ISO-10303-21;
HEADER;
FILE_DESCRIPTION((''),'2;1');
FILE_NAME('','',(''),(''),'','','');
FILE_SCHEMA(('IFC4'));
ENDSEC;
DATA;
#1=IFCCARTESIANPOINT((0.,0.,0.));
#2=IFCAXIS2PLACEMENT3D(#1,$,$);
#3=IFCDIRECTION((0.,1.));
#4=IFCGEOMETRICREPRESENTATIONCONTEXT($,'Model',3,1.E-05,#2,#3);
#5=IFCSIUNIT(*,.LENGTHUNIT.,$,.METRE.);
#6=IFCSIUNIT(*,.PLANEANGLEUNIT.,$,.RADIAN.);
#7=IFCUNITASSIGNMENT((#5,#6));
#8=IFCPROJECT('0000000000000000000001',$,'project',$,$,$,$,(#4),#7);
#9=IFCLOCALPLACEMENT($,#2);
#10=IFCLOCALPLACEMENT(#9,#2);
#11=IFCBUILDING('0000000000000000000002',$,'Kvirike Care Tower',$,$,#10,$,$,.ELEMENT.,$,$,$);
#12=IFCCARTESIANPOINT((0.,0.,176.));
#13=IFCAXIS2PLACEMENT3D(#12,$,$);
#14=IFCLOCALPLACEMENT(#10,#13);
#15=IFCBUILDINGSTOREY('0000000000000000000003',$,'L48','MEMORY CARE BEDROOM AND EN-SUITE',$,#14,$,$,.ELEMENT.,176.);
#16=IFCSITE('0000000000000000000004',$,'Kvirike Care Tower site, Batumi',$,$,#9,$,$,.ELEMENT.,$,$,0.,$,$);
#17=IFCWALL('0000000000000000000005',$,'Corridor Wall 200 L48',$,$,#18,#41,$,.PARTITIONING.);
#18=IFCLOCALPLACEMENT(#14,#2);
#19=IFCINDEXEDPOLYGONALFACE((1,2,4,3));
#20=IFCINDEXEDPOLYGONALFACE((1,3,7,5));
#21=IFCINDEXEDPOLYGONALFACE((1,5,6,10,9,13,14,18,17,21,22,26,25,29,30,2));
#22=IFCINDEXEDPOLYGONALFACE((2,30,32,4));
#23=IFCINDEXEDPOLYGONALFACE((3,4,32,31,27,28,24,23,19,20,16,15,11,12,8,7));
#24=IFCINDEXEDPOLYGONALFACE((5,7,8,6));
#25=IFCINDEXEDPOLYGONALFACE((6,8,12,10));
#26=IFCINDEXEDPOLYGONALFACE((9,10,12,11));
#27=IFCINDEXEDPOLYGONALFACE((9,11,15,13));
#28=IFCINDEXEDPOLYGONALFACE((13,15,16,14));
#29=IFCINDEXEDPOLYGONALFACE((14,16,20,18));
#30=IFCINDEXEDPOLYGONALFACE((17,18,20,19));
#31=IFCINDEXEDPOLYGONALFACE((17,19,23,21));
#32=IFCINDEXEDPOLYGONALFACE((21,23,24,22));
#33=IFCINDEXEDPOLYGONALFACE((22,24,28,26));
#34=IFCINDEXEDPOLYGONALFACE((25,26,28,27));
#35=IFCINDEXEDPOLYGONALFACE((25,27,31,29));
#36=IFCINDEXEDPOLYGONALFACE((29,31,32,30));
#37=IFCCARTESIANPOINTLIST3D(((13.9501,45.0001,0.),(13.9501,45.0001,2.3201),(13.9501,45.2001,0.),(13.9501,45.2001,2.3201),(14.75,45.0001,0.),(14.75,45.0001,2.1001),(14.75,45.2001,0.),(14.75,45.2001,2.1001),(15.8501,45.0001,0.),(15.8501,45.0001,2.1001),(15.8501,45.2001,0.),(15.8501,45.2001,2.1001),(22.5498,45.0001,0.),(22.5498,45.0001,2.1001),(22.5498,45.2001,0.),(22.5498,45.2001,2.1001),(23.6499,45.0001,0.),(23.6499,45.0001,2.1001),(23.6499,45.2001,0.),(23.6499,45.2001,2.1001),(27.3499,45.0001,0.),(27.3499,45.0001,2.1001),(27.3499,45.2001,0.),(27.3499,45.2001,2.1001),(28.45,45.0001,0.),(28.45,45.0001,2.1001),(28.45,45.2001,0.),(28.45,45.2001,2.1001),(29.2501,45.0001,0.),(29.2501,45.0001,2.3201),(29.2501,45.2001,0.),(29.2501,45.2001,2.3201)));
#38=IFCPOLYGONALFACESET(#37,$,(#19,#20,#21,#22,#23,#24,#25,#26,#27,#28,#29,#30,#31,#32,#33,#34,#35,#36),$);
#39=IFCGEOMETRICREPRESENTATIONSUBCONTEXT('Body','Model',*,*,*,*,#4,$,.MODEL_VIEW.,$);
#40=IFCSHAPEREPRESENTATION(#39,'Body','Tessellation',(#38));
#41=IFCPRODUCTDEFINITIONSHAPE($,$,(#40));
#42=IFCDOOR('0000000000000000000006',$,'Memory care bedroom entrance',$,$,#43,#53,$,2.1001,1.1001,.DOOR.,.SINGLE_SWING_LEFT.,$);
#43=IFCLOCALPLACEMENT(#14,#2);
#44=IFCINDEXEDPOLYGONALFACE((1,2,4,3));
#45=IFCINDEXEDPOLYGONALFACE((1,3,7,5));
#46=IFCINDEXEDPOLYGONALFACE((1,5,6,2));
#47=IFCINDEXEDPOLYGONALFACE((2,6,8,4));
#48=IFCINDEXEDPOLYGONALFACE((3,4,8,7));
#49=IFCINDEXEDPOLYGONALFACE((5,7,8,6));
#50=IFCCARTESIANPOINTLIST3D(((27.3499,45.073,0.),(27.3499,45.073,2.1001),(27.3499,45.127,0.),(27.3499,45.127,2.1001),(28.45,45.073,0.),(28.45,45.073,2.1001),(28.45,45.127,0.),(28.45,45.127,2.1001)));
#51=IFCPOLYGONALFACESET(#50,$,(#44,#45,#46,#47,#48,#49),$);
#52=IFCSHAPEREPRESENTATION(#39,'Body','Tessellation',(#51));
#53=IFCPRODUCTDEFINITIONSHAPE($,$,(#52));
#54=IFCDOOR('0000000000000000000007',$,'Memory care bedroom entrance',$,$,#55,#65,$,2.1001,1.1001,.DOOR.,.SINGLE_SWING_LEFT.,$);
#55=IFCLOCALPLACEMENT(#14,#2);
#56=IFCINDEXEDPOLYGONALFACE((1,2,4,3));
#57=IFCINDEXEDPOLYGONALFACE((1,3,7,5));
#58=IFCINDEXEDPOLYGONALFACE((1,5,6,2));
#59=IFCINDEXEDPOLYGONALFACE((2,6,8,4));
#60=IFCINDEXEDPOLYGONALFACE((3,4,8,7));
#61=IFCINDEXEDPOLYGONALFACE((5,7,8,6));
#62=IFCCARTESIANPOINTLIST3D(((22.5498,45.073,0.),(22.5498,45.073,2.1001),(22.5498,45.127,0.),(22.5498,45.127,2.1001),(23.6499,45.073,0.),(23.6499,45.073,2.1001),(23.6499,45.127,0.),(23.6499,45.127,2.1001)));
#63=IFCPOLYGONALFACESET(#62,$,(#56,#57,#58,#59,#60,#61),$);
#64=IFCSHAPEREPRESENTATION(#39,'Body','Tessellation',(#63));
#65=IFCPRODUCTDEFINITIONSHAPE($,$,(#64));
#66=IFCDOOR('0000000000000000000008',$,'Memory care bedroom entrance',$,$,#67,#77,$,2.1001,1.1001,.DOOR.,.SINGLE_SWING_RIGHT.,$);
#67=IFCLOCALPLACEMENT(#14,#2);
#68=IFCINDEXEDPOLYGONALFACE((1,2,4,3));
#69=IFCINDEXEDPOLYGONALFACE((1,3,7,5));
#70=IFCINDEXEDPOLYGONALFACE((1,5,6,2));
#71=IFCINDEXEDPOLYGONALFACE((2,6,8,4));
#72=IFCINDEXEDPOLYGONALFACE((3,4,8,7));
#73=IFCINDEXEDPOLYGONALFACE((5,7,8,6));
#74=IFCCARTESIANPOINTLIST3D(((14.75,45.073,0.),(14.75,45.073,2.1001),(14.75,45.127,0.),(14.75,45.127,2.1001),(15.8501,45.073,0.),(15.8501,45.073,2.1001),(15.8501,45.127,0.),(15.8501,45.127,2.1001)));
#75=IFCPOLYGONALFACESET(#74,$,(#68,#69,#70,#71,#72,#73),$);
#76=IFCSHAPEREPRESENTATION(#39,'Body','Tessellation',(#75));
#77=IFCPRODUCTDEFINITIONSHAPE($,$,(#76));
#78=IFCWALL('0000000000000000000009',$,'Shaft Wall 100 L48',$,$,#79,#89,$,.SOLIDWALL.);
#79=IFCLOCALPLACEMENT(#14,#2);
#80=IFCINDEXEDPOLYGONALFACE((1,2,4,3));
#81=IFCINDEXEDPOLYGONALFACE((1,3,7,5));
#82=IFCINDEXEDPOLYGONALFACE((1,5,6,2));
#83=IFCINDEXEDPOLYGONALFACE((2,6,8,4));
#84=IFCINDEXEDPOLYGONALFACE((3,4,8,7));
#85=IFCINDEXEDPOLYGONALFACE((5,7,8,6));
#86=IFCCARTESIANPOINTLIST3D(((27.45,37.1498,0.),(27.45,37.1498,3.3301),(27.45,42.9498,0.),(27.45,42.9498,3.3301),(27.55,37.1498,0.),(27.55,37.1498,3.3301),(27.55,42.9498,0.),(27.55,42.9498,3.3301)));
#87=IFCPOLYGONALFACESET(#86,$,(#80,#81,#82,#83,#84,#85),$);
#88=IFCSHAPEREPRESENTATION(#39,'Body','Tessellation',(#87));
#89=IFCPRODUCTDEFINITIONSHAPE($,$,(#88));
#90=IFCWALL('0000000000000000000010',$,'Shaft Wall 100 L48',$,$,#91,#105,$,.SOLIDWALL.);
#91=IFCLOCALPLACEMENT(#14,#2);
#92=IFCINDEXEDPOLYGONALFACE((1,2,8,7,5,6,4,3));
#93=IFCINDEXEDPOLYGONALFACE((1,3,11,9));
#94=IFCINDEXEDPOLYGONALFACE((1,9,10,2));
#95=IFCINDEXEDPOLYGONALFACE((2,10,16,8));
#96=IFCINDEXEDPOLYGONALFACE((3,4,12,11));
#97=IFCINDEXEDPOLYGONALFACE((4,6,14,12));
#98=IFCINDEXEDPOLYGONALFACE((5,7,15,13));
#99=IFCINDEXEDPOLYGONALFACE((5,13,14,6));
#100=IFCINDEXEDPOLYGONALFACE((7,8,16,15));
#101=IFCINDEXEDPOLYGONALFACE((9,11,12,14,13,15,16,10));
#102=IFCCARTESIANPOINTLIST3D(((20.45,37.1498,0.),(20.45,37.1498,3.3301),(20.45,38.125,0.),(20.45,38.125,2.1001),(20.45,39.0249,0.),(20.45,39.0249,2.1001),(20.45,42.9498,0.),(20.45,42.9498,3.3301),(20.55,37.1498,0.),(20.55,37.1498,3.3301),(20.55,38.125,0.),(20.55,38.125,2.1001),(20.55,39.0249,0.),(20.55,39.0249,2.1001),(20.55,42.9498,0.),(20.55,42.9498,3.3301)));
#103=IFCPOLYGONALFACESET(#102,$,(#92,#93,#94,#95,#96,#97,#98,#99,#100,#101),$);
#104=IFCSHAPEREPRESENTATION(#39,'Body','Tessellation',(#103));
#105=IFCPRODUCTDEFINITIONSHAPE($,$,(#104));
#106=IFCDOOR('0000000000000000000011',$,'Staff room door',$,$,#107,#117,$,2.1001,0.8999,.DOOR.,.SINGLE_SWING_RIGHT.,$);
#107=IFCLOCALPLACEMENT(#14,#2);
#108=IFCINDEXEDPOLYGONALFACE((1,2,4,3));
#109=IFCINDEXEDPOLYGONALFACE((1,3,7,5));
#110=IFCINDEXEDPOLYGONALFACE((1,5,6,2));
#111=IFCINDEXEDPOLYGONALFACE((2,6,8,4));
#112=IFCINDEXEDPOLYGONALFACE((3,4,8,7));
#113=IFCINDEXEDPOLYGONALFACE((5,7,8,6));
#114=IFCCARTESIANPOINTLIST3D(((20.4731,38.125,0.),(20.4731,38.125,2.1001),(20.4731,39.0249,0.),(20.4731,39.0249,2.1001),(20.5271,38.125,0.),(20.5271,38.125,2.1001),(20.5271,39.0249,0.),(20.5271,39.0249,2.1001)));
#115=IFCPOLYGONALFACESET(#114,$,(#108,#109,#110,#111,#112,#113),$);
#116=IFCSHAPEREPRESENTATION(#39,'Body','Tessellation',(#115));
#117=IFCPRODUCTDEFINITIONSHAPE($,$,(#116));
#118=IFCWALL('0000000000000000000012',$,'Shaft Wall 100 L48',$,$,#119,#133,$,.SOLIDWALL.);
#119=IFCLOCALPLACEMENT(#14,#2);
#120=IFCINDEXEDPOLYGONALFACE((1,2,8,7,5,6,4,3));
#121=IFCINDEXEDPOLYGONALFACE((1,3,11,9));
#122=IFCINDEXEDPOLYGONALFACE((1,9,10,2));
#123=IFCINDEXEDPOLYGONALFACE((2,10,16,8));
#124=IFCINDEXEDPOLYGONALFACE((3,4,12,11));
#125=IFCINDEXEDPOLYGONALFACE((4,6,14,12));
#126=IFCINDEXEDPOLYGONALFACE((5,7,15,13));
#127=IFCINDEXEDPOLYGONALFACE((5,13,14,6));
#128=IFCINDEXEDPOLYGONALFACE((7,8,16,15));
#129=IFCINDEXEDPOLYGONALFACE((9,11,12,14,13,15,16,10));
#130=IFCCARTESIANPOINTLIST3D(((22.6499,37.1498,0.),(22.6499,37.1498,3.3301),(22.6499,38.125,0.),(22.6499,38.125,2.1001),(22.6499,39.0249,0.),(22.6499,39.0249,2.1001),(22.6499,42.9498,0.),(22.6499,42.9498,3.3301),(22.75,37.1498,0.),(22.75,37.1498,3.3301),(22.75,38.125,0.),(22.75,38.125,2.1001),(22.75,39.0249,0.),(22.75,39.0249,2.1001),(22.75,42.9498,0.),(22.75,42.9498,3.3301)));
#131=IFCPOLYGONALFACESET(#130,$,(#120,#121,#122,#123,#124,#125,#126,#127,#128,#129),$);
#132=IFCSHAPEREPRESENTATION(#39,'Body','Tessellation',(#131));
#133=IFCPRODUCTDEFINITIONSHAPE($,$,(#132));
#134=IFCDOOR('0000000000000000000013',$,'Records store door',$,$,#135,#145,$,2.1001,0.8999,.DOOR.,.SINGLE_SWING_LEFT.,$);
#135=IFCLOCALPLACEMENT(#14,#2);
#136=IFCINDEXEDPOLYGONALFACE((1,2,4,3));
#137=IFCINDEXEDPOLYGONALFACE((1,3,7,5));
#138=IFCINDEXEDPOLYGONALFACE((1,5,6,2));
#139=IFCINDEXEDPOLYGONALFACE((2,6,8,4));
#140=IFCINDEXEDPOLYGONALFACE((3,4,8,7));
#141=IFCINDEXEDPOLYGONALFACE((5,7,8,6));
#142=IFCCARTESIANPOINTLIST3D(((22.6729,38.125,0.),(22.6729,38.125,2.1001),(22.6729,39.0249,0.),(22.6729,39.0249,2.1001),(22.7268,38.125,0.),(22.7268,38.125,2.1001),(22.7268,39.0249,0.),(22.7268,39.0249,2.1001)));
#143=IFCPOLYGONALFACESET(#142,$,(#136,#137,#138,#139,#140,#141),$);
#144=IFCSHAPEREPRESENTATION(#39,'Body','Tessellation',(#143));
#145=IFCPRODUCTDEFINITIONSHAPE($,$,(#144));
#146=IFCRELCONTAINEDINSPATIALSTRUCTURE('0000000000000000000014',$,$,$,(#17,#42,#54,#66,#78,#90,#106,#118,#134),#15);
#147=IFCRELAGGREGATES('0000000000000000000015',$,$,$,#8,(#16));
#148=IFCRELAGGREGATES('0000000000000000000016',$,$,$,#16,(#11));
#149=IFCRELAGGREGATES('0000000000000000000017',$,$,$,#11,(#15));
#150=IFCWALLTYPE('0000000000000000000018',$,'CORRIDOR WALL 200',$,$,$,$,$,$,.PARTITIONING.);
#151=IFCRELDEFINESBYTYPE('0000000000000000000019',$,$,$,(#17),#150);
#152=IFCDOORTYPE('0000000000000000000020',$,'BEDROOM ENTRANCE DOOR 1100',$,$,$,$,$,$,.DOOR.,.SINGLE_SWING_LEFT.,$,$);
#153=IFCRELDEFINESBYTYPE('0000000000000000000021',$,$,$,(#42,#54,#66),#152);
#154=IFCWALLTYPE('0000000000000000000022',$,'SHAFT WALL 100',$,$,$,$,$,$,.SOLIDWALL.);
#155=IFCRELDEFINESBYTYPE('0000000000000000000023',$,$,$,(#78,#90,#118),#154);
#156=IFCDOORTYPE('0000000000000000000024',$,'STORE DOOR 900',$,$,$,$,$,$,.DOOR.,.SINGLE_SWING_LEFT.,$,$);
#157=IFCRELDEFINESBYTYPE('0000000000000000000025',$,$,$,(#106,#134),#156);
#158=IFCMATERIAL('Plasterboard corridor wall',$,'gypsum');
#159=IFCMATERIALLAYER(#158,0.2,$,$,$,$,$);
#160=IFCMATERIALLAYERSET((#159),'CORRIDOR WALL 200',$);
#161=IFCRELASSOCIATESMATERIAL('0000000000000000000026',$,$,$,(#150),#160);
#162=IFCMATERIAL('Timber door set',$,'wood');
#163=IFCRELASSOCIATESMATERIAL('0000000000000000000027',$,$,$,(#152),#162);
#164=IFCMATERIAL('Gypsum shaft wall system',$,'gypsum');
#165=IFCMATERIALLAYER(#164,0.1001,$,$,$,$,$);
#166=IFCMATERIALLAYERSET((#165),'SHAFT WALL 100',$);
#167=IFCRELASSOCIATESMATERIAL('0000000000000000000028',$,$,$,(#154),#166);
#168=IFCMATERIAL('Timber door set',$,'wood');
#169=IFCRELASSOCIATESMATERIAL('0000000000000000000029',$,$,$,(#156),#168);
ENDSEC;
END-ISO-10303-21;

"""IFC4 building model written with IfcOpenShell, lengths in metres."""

from ifc_helpers import new_model, si_unit, direction, frame, frame_2d, origin, place, context, subcontext, project, spatial, rectangle, extrude, material, layer, layer_set, type_object, element, fill, save


model = new_model("IFC4")

# Units and contexts
model_context = context("Model", 3, precision=1e-05, world=origin(), true_north=direction((0.0, 1.0)))
body_context = subcontext(model_context, "Body", "Model", "MODEL_VIEW")
ifc_project = project(units=[si_unit("LENGTHUNIT", "METRE"), si_unit("PLANEANGLEUNIT", "RADIAN")], contexts=[model_context])

# Site, building, storey
site_placement = place(None, origin())
site = spatial("IfcSite", under=ifc_project, at=site_placement, Name="Kvirike Care Tower site, Batumi", CompositionType="ELEMENT", RefElevation=0.0)
building_placement = place(site_placement, origin())
building = spatial("IfcBuilding", under=site, at=building_placement, Name="Kvirike Care Tower", CompositionType="ELEMENT")
storey_placement = place(building_placement, frame((0.0, 0.0, 176.0)))
storey = spatial("IfcBuildingStorey", under=building, at=storey_placement, Name="L48", Description="MEMORY CARE BEDROOM AND EN-SUITE", CompositionType="ELEMENT", Elevation=176.0)

# Wall, openings, doors
ifc_material_1 = material(Name="Plasterboard corridor wall", Category="gypsum")
ifc_layer_1 = layer(ifc_material_1, 0.2)
ifc_layer_set_1 = layer_set([ifc_layer_1], Name="CORRIDOR WALL 200")
wall_type_1 = type_object("IfcWallType", Name="CORRIDOR WALL 200", PredefinedType="PARTITIONING", material=ifc_layer_set_1)
wall_1_placement = place(storey_placement, frame((29.25, 45.1001, 0.0), z_axis=(0.0, 0.0, 1.0), x_axis=(-1.0, 0.0, 0.0)))
wall_1 = element("IfcWall", 1, at=wall_1_placement, inside=storey, type_object=wall_type_1, Name="Corridor Wall 200 L48", PredefinedType="PARTITIONING", context=body_context, shape_type="SweptSolid", body=[
    extrude(rectangle(XDim=15.3, YDim=0.2, at=frame_2d((7.6499, 0.0))), origin(), (0.0, 0.0, 1.0), 2.3201),
])
opening_1_placement = place(wall_1_placement, frame((0.8, 0.0, 0.0)))
opening_1 = element("IfcOpeningElement", 2, at=opening_1_placement, cuts=wall_1, PredefinedType="OPENING", context=body_context, shape_type="SweptSolid", body=[
    extrude(rectangle(XDim=1.1001, YDim=2.1001, at=frame_2d((0.55, 1.05))), frame((0.0, 0.1106, 0.0), z_axis=(0.0, -1.0, 0.0), x_axis=(1.0, 0.0, 0.0)), (0.0, 0.0, 1.0), 0.2209),
])
opening_2_placement = place(wall_1_placement, frame((5.6001, 0.0, 0.0)))
opening_2 = element("IfcOpeningElement", 3, at=opening_2_placement, cuts=wall_1, PredefinedType="OPENING", context=body_context, shape_type="SweptSolid", body=[
    extrude(rectangle(XDim=1.1001, YDim=2.1001, at=frame_2d((0.55, 1.05))), frame((0.0, 0.1106, 0.0), z_axis=(0.0, -1.0, 0.0), x_axis=(1.0, 0.0, 0.0)), (0.0, 0.0, 1.0), 0.2209),
])
opening_3_placement = place(wall_1_placement, frame((13.3999, 0.0, 0.0)))
opening_3 = element("IfcOpeningElement", 4, at=opening_3_placement, cuts=wall_1, PredefinedType="OPENING", context=body_context, shape_type="SweptSolid", body=[
    extrude(rectangle(XDim=1.1001, YDim=2.1001, at=frame_2d((0.55, 1.05))), frame((0.0, 0.1106, 0.0), z_axis=(0.0, -1.0, 0.0), x_axis=(1.0, 0.0, 0.0)), (0.0, 0.0, 1.0), 0.2209),
])
ifc_material_2 = material(Name="Timber door set", Category="wood")
door_type_1 = type_object("IfcDoorType", Name="BEDROOM ENTRANCE DOOR 1100", OperationType="SINGLE_SWING_LEFT", PredefinedType="DOOR", material=ifc_material_2)
door_1_placement = place(opening_1_placement, frame((1.1001, 0.0, 0.0), z_axis=(0.0, 0.0, 1.0), x_axis=(-1.0, 0.0, 0.0)))
door_1 = element("IfcDoor", 5, at=door_1_placement, inside=storey, type_object=door_type_1, Name="Memory care bedroom entrance", OperationType="SINGLE_SWING_LEFT", OverallHeight=2.1001, OverallWidth=1.1001, PredefinedType="DOOR", context=body_context, shape_type="SweptSolid", body=[
    extrude(rectangle(XDim=1.1001, YDim=2.1001, at=frame_2d((0.55, 1.05))), frame((0.0, 0.0269, 0.0), z_axis=(0.0, -1.0, 0.0), x_axis=(1.0, 0.0, 0.0)), (0.0, 0.0, 1.0), 0.054),
])
fill(opening_1, door_1)
door_2_placement = place(opening_2_placement, frame((1.1001, 0.0, 0.0), z_axis=(0.0, 0.0, 1.0), x_axis=(-1.0, 0.0, 0.0)))
door_2 = element("IfcDoor", 6, at=door_2_placement, inside=storey, type_object=door_type_1, Name="Memory care bedroom entrance", OperationType="SINGLE_SWING_LEFT", OverallHeight=2.1001, OverallWidth=1.1001, PredefinedType="DOOR", context=body_context, shape_type="SweptSolid", body=[
    extrude(rectangle(XDim=1.1001, YDim=2.1001, at=frame_2d((0.55, 1.05))), frame((0.0, 0.0269, 0.0), z_axis=(0.0, -1.0, 0.0), x_axis=(1.0, 0.0, 0.0)), (0.0, 0.0, 1.0), 0.054),
])
fill(opening_2, door_2)
door_3_placement = place(opening_3_placement, frame((1.1001, 0.0, 0.0), z_axis=(0.0, 0.0, 1.0), x_axis=(-1.0, 0.0, 0.0)))
door_3 = element("IfcDoor", 7, at=door_3_placement, inside=storey, type_object=door_type_1, Name="Memory care bedroom entrance", OperationType="SINGLE_SWING_RIGHT", OverallHeight=2.1001, OverallWidth=1.1001, PredefinedType="DOOR", context=body_context, shape_type="SweptSolid", body=[
    extrude(rectangle(XDim=1.1001, YDim=2.1001, at=frame_2d((0.55, 1.05))), frame((0.0, 0.0269, 0.0), z_axis=(0.0, -1.0, 0.0), x_axis=(1.0, 0.0, 0.0)), (0.0, 0.0, 1.0), 0.054),
])
fill(opening_3, door_3)

# Wall
ifc_material_3 = material(Name="Gypsum shaft wall system", Category="gypsum")
ifc_layer_2 = layer(ifc_material_3, 0.1001)
ifc_layer_set_2 = layer_set([ifc_layer_2], Name="SHAFT WALL 100")
wall_type_2 = type_object("IfcWallType", Name="SHAFT WALL 100", PredefinedType="SOLIDWALL", material=ifc_layer_set_2)
wall_2_placement = place(storey_placement, frame((27.5, 37.1499, 0.0), z_axis=(0.0, 0.0, 1.0), x_axis=(0.0, 1.0, 0.0)))
element("IfcWall", 8, at=wall_2_placement, inside=storey, type_object=wall_type_2, Name="Shaft Wall 100 L48", PredefinedType="SOLIDWALL", context=body_context, shape_type="SweptSolid", body=[
    extrude(rectangle(XDim=5.8, YDim=0.1001, at=frame_2d((2.8999, 0.0))), origin(), (0.0, 0.0, 1.0), 3.3301),
])

# Walls, openings, doors
wall_3_placement = place(storey_placement, frame((20.5, 37.1499, 0.0), z_axis=(0.0, 0.0, 1.0), x_axis=(0.0, 1.0, 0.0)))
wall_3 = element("IfcWall", 9, at=wall_3_placement, inside=storey, type_object=wall_type_2, Name="Shaft Wall 100 L48", PredefinedType="SOLIDWALL", context=body_context, shape_type="SweptSolid", body=[
    extrude(rectangle(XDim=5.8, YDim=0.1001, at=frame_2d((2.8999, 0.0))), origin(), (0.0, 0.0, 1.0), 3.3301),
])
opening_4_placement = place(wall_3_placement, frame((0.9751, 0.0, 0.0)))
opening_4 = element("IfcOpeningElement", 10, at=opening_4_placement, cuts=wall_3, PredefinedType="OPENING", context=body_context, shape_type="SweptSolid", body=[
    extrude(rectangle(XDim=0.8999, YDim=2.1001, at=frame_2d((0.45, 1.05))), frame((0.0, 0.0605, 0.0), z_axis=(0.0, -1.0, 0.0), x_axis=(1.0, 0.0, 0.0)), (0.0, 0.0, 1.0), 0.1211),
])
ifc_material_4 = material(Name="Timber door set", Category="wood")
door_type_2 = type_object("IfcDoorType", Name="STORE DOOR 900", OperationType="SINGLE_SWING_LEFT", PredefinedType="DOOR", material=ifc_material_4)
door_4_placement = place(opening_4_placement, origin())
door_4 = element("IfcDoor", 11, at=door_4_placement, inside=storey, type_object=door_type_2, Name="Staff room door", OperationType="SINGLE_SWING_RIGHT", OverallHeight=2.1001, OverallWidth=0.8999, PredefinedType="DOOR", context=body_context, shape_type="SweptSolid", body=[
    extrude(rectangle(XDim=0.8999, YDim=2.1001, at=frame_2d((0.45, 1.05))), frame((0.0, 0.0269, 0.0), z_axis=(0.0, -1.0, 0.0), x_axis=(1.0, 0.0, 0.0)), (0.0, 0.0, 1.0), 0.054),
])
fill(opening_4, door_4)
wall_4_placement = place(storey_placement, frame((22.7, 37.1499, 0.0), z_axis=(0.0, 0.0, 1.0), x_axis=(0.0, 1.0, 0.0)))
wall_4 = element("IfcWall", 12, at=wall_4_placement, inside=storey, type_object=wall_type_2, Name="Shaft Wall 100 L48", PredefinedType="SOLIDWALL", context=body_context, shape_type="SweptSolid", body=[
    extrude(rectangle(XDim=5.8, YDim=0.1001, at=frame_2d((2.8999, 0.0))), origin(), (0.0, 0.0, 1.0), 3.3301),
])
opening_5_placement = place(wall_4_placement, frame((0.9751, 0.0, 0.0)))
opening_5 = element("IfcOpeningElement", 13, at=opening_5_placement, cuts=wall_4, PredefinedType="OPENING", context=body_context, shape_type="SweptSolid", body=[
    extrude(rectangle(XDim=0.8999, YDim=2.1001, at=frame_2d((0.45, 1.05))), frame((0.0, 0.0605, 0.0), z_axis=(0.0, -1.0, 0.0), x_axis=(1.0, 0.0, 0.0)), (0.0, 0.0, 1.0), 0.1211),
])
door_5_placement = place(opening_5_placement, frame((0.8999, 0.0, 0.0), z_axis=(0.0, 0.0, 1.0), x_axis=(-1.0, 0.0, 0.0)))
door_5 = element("IfcDoor", 14, at=door_5_placement, inside=storey, type_object=door_type_2, Name="Records store door", OperationType="SINGLE_SWING_LEFT", OverallHeight=2.1001, OverallWidth=0.8999, PredefinedType="DOOR", context=body_context, shape_type="SweptSolid", body=[
    extrude(rectangle(XDim=0.8999, YDim=2.1001, at=frame_2d((0.45, 1.05))), frame((0.0, 0.0269, 0.0), z_axis=(0.0, -1.0, 0.0), x_axis=(1.0, 0.0, 0.0)), (0.0, 0.0, 1.0), 0.054),
])
fill(opening_5, door_5)

save(model, "model.ifc")
